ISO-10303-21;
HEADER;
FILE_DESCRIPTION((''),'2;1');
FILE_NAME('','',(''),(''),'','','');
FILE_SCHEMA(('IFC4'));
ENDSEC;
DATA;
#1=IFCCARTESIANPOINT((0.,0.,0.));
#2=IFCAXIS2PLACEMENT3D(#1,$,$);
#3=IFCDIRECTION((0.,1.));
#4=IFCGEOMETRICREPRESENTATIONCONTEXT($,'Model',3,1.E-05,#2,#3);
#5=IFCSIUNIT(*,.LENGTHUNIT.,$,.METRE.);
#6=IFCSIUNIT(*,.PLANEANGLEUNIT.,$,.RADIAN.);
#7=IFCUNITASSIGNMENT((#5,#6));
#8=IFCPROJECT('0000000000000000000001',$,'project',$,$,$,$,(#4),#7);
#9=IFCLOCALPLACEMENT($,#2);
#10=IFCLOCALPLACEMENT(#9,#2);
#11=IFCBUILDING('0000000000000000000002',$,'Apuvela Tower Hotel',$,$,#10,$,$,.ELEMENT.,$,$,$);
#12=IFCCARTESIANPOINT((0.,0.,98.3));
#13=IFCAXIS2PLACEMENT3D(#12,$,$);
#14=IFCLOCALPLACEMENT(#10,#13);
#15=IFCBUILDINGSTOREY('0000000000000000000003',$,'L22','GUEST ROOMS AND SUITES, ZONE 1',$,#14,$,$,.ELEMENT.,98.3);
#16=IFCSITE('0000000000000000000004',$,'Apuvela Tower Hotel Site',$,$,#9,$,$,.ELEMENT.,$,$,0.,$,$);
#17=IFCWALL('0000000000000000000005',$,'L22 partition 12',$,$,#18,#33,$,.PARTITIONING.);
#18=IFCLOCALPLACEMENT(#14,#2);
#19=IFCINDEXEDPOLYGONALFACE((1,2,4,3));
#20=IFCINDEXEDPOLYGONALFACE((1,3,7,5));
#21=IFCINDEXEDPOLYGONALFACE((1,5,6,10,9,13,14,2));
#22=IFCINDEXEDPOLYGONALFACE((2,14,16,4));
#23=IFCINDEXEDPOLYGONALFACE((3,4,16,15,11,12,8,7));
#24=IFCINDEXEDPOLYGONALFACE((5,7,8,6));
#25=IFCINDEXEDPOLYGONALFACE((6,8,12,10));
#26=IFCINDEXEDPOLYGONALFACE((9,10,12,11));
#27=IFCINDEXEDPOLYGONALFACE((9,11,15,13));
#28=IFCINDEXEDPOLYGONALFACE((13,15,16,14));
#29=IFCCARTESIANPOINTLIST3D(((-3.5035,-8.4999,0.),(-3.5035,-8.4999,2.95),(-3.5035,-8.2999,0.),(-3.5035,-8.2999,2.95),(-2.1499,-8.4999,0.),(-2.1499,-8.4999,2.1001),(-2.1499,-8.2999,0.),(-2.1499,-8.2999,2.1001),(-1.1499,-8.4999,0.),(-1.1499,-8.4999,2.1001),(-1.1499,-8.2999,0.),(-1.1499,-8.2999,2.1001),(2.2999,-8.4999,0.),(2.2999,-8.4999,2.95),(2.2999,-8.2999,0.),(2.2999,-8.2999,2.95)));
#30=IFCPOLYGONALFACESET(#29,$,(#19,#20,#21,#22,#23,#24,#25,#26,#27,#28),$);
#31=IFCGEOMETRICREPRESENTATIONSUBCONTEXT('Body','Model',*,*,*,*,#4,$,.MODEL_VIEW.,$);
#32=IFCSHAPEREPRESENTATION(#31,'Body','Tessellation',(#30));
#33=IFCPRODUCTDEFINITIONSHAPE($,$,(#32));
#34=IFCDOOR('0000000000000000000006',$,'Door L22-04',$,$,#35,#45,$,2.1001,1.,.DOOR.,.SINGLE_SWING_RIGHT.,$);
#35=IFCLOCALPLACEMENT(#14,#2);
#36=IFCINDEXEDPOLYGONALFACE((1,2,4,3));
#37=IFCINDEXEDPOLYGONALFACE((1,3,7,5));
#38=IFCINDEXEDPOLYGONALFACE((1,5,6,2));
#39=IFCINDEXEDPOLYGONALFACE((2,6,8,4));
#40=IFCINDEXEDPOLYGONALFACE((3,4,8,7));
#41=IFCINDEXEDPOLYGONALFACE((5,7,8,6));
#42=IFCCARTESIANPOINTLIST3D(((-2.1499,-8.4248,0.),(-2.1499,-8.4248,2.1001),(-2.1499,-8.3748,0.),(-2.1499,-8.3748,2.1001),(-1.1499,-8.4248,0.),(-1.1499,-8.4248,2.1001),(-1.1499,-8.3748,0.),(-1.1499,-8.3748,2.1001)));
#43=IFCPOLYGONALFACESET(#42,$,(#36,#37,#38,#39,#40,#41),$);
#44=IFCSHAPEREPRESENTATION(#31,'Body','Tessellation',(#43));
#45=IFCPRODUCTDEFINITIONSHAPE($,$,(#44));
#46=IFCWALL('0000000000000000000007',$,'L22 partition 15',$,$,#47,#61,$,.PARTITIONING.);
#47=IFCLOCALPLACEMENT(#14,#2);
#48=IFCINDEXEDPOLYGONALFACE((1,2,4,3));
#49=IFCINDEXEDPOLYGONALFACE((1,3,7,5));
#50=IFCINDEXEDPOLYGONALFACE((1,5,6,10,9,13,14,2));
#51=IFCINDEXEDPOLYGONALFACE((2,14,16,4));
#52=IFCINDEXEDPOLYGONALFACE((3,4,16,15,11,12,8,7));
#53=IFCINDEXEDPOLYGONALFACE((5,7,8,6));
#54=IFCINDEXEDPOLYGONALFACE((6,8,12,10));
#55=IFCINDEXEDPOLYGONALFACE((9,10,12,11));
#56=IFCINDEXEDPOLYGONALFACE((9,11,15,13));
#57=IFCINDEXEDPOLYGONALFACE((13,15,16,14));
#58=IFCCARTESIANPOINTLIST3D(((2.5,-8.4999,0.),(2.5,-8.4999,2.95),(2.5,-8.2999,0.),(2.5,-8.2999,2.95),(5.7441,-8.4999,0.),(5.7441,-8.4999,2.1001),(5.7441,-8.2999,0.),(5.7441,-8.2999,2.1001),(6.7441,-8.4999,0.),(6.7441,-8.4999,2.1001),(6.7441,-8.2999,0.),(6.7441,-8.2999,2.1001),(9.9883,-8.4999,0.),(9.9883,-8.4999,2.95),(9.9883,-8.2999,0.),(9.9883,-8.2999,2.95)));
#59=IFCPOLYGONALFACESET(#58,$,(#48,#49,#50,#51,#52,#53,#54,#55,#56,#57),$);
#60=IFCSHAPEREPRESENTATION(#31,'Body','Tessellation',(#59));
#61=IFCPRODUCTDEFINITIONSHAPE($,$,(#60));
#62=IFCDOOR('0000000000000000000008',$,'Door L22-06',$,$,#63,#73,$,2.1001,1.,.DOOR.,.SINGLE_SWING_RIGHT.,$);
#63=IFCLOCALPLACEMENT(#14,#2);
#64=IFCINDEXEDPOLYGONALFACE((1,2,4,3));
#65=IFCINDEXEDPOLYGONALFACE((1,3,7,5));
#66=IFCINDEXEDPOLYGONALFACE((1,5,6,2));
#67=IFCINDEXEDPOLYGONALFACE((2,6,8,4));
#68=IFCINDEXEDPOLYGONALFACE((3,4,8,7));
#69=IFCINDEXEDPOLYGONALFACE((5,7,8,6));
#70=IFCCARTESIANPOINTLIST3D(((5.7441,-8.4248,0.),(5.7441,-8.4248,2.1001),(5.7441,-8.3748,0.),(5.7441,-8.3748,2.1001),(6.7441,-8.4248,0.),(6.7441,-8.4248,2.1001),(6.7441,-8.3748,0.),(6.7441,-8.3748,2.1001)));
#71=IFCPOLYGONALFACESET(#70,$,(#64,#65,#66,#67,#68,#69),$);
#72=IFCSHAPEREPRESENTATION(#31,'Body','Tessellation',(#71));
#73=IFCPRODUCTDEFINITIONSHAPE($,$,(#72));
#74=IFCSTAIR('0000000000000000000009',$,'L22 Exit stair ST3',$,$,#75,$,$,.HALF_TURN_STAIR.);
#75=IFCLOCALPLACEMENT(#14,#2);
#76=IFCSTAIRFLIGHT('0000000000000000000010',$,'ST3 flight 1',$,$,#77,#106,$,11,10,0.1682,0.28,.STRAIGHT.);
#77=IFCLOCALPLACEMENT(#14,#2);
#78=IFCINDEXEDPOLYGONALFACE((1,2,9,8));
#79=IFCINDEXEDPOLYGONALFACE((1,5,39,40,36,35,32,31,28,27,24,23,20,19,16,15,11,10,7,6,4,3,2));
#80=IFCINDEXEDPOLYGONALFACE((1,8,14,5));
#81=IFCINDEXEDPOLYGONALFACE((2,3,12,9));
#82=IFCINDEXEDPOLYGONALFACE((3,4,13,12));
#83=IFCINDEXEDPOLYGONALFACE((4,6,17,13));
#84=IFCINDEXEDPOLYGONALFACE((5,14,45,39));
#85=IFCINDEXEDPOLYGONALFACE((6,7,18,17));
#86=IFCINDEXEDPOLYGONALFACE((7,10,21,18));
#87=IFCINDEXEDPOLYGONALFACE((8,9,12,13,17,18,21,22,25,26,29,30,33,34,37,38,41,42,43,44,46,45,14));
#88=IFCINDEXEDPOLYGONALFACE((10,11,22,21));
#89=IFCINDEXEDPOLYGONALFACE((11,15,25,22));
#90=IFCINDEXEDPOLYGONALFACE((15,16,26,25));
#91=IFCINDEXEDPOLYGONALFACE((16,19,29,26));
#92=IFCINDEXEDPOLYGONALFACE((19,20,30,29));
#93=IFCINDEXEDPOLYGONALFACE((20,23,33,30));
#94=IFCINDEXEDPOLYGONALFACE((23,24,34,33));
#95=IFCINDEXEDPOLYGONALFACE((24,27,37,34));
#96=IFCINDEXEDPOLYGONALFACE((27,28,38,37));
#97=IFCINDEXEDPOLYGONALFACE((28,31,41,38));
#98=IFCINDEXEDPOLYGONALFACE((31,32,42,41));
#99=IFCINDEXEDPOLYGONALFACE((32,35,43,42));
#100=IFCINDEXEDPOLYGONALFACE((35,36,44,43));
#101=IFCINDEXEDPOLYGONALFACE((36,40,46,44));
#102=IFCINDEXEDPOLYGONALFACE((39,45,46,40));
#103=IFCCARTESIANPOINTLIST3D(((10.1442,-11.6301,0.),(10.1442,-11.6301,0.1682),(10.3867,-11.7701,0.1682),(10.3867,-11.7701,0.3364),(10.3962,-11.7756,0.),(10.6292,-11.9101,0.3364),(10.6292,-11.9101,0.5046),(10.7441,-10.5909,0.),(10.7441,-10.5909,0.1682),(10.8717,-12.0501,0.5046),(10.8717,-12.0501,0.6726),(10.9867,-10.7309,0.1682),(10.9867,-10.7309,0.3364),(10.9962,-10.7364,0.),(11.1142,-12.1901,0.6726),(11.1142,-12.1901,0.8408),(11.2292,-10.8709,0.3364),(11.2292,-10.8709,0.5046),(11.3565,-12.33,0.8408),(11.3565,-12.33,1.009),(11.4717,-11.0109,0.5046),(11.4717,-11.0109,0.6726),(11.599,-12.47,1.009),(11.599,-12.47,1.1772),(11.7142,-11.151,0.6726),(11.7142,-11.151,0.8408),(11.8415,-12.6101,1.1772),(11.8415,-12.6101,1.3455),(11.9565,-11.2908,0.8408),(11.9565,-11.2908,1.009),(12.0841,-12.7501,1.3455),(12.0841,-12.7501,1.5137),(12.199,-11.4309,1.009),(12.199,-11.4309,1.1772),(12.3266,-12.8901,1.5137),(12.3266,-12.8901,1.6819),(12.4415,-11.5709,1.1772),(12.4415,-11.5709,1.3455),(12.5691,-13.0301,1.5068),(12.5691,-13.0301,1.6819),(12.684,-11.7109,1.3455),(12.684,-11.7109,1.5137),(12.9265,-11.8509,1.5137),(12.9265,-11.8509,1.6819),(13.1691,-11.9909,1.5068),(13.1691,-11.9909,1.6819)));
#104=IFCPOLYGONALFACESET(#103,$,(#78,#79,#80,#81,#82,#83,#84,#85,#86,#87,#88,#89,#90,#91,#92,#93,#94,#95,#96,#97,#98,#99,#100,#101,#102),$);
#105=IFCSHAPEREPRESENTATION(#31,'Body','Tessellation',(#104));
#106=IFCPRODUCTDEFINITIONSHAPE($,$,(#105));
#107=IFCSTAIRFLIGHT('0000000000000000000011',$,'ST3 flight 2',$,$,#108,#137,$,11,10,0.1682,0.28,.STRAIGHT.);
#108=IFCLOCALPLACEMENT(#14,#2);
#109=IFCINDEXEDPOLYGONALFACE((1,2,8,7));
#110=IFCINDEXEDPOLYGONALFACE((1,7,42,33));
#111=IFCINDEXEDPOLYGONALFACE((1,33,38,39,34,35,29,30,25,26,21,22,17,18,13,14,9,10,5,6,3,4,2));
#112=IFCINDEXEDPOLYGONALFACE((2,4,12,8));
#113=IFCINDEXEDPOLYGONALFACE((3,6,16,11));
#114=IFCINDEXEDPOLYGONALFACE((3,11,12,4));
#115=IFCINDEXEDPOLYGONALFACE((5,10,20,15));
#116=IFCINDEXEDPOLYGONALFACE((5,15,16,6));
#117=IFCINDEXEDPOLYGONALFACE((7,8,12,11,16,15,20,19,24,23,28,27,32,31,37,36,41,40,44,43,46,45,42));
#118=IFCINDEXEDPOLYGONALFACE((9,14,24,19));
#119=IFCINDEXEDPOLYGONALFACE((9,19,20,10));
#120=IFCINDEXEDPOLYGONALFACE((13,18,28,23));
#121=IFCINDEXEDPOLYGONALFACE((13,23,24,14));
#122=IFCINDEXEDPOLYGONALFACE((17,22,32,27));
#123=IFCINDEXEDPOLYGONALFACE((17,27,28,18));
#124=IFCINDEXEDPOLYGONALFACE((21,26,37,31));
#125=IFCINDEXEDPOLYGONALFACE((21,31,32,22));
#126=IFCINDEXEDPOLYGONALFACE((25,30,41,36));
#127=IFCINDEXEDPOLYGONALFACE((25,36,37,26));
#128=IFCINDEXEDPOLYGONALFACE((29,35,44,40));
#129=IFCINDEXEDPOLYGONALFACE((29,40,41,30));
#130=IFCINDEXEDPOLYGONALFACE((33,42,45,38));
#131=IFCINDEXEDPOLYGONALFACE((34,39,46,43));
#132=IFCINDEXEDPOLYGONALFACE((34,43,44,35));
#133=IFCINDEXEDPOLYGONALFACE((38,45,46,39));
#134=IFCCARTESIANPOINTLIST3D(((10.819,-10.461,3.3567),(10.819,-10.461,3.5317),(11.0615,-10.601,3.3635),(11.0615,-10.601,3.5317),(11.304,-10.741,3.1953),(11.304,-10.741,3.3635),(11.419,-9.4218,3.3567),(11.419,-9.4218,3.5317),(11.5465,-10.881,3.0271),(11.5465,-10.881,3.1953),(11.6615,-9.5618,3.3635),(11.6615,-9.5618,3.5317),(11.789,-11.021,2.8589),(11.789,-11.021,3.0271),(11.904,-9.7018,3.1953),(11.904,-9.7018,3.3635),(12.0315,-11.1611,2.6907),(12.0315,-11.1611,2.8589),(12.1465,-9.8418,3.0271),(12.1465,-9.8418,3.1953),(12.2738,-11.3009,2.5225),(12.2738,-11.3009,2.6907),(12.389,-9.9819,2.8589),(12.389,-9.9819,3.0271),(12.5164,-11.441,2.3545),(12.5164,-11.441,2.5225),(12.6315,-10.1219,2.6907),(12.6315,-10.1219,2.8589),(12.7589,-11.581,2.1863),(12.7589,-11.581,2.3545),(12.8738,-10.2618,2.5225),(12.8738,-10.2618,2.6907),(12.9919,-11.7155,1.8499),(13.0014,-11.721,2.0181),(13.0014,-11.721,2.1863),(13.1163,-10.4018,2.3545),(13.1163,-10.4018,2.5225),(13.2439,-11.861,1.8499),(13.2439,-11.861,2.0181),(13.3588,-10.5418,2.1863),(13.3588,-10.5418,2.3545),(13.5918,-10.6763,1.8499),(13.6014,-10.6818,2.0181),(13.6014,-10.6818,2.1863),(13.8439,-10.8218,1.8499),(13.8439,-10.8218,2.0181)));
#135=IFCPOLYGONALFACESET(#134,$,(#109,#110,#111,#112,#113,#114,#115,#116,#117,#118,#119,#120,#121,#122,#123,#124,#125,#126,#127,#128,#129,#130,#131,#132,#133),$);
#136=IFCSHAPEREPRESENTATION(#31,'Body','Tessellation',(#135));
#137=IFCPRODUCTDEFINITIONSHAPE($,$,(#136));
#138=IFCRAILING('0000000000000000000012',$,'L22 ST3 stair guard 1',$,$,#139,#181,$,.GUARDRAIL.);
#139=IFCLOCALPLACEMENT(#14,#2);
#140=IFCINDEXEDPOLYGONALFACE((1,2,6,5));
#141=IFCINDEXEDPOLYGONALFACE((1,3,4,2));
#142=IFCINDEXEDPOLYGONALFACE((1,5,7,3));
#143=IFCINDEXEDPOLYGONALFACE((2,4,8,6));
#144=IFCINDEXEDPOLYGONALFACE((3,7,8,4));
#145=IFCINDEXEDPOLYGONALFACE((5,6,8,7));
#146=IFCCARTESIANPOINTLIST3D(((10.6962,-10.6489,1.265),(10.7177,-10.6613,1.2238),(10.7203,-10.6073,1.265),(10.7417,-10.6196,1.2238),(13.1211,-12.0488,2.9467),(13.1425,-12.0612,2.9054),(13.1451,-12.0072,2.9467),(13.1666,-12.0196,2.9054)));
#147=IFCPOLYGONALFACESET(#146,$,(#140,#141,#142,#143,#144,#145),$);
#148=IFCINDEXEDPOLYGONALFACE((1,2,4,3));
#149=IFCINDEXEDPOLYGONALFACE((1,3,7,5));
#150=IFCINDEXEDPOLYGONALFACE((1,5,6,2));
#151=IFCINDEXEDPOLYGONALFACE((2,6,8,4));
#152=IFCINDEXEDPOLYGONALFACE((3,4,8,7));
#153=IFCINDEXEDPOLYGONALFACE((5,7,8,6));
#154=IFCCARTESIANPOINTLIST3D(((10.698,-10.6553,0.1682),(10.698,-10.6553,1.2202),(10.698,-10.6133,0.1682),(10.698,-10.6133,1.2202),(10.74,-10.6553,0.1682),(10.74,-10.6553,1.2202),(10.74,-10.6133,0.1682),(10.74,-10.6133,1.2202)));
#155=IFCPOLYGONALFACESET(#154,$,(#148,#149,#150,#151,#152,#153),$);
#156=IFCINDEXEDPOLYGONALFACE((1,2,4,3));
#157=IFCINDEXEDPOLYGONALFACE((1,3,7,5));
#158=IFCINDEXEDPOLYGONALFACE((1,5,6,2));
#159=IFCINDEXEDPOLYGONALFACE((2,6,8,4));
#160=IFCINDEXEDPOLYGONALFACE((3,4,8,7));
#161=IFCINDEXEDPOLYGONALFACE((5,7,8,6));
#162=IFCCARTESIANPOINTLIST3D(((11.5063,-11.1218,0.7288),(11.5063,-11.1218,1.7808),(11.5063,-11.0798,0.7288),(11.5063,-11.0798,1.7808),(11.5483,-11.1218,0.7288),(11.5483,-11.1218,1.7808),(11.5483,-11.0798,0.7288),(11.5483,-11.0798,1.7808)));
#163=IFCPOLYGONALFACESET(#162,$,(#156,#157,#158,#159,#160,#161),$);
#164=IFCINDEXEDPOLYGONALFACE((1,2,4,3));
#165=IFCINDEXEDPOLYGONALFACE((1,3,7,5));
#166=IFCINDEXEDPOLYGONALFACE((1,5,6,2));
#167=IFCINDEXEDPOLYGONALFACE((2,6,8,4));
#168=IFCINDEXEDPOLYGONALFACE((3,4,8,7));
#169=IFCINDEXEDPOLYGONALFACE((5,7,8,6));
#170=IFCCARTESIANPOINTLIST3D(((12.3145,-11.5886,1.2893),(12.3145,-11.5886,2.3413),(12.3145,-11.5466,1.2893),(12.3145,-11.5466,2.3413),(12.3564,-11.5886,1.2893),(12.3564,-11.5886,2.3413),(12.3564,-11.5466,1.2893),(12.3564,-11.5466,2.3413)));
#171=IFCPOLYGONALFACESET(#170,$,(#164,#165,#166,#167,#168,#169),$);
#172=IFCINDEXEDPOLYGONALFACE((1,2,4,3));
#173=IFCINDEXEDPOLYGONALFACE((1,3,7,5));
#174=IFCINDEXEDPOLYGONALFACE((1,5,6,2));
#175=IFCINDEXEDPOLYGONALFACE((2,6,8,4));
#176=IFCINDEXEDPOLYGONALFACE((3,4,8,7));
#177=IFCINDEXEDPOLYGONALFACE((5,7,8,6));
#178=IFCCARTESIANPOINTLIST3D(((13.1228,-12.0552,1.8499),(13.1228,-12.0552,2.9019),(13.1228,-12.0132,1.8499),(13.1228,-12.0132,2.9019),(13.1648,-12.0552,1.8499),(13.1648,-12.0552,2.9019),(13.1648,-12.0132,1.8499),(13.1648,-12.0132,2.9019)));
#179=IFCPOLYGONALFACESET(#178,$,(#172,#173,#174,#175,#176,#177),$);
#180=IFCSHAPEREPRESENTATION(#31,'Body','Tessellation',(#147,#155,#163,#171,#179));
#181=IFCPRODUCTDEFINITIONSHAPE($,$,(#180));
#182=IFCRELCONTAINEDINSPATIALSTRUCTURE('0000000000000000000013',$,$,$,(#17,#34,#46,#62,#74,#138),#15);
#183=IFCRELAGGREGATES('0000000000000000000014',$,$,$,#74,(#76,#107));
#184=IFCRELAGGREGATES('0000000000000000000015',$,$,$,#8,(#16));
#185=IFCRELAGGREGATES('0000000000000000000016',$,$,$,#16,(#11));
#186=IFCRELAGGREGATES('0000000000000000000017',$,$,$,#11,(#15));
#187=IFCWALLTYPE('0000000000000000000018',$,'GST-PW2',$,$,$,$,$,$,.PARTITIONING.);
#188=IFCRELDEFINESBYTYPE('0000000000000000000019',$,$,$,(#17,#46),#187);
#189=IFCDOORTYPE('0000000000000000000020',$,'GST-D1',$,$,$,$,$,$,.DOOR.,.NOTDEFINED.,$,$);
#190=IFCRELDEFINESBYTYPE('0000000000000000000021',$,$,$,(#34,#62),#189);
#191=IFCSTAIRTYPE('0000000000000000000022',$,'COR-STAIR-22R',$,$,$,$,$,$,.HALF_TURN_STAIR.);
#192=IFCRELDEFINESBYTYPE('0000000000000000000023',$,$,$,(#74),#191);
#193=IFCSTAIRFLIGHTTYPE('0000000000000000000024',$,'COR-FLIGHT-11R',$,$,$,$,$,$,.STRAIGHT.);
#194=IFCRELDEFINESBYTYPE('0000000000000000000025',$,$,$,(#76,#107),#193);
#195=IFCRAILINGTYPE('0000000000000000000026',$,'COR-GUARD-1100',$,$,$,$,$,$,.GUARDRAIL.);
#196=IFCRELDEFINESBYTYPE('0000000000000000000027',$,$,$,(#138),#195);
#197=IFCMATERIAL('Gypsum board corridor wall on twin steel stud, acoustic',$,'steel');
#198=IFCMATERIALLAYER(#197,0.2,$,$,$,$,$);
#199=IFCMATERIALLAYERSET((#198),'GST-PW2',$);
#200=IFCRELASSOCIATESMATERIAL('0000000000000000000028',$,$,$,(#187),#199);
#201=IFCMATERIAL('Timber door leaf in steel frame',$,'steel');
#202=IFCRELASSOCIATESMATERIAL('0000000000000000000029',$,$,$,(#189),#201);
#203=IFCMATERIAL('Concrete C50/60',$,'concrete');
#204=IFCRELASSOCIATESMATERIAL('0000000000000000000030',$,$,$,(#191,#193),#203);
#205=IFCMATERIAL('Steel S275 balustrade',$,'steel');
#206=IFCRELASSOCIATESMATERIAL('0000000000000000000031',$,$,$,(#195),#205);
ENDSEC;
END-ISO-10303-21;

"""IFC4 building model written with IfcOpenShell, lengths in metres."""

from ifc_helpers import new_model, si_unit, direction, frame, frame_2d, origin, origin_2d, place, context, subcontext, project, spatial, polyline, rectangle, outline, extrude, material, layer, layer_set, type_object, element, fill, aggregate, save


model = new_model("IFC4")

# Units and contexts
model_context = context("Model", 3, precision=1e-05, world=origin(), true_north=direction((0.0, 1.0)))
body_context = subcontext(model_context, "Body", "Model", "MODEL_VIEW")
ifc_project = project(units=[si_unit("LENGTHUNIT", "METRE"), si_unit("PLANEANGLEUNIT", "RADIAN")], contexts=[model_context])

# Site, building, storey
site_placement = place(None, origin())
site = spatial("IfcSite", under=ifc_project, at=site_placement, Name="Apuvela Tower Hotel Site", CompositionType="ELEMENT", RefElevation=0.0)
building_placement = place(site_placement, origin())
building = spatial("IfcBuilding", under=site, at=building_placement, Name="Apuvela Tower Hotel", CompositionType="ELEMENT")
storey_placement = place(building_placement, frame((0.0, 0.0, 98.3)))
storey = spatial("IfcBuildingStorey", under=building, at=storey_placement, Name="L22", Description="GUEST ROOMS AND SUITES, ZONE 1", CompositionType="ELEMENT", Elevation=98.3)

# Shared definitions
ifc_material_1 = material(Name="Concrete C50/60", Category="concrete")

# Walls, openings, doors
ifc_material_2 = material(Name="Gypsum board corridor wall on twin steel stud, acoustic", Category="steel")
ifc_layer_1 = layer(ifc_material_2, 0.2)
ifc_layer_set_1 = layer_set([ifc_layer_1], Name="GST-PW2")
wall_type_1 = type_object("IfcWallType", Name="GST-PW2", PredefinedType="PARTITIONING", material=ifc_layer_set_1)
wall_1_placement = place(storey_placement, frame((2.3, -8.3999, 0.0), z_axis=(0.0, 0.0, 1.0), x_axis=(-1.0, 0.0, 0.0)))
wall_1 = element("IfcWall", 1, at=wall_1_placement, inside=storey, type_object=wall_type_1, Name="L22 partition 12", PredefinedType="PARTITIONING", context=body_context, shape_type="SweptSolid", body=[
    extrude(rectangle(XDim=5.8035, YDim=0.2, at=frame_2d((2.9019, 0.0))), origin(), (0.0, 0.0, 1.0), 2.95),
])
opening_1_placement = place(wall_1_placement, frame((3.45, 0.0, 0.0)))
opening_1 = element("IfcOpeningElement", 2, at=opening_1_placement, cuts=wall_1, PredefinedType="OPENING", context=body_context, shape_type="SweptSolid", body=[
    extrude(rectangle(XDim=1.0, YDim=2.1001, at=frame_2d((0.5, 1.05))), frame((0.0, 0.1099, 0.0), z_axis=(0.0, -1.0, 0.0), x_axis=(1.0, 0.0, 0.0)), (0.0, 0.0, 1.0), 0.22),
])
ifc_material_3 = material(Name="Timber door leaf in steel frame", Category="steel")
door_type_1 = type_object("IfcDoorType", Name="GST-D1", OperationType="NOTDEFINED", PredefinedType="DOOR", material=ifc_material_3)
door_1_placement = place(opening_1_placement, origin())
door_1 = element("IfcDoor", 3, at=door_1_placement, inside=storey, type_object=door_type_1, Name="Door L22-04", OperationType="SINGLE_SWING_RIGHT", OverallHeight=2.1001, OverallWidth=1.0, PredefinedType="DOOR", context=body_context, shape_type="SweptSolid", body=[
    extrude(rectangle(XDim=1.0, YDim=2.1001, at=frame_2d((0.5, 1.05))), frame((0.0, 0.0249, 0.0), z_axis=(0.0, -1.0, 0.0), x_axis=(1.0, 0.0, 0.0)), (0.0, 0.0, 1.0), 0.05),
])
fill(opening_1, door_1)
wall_2_placement = place(storey_placement, frame((9.9883, -8.3999, 0.0), z_axis=(0.0, 0.0, 1.0), x_axis=(-1.0, 0.0, 0.0)))
wall_2 = element("IfcWall", 4, at=wall_2_placement, inside=storey, type_object=wall_type_1, Name="L22 partition 15", PredefinedType="PARTITIONING", context=body_context, shape_type="SweptSolid", body=[
    extrude(rectangle(XDim=7.4883, YDim=0.2, at=frame_2d((3.7441, 0.0))), origin(), (0.0, 0.0, 1.0), 2.95),
])
opening_2_placement = place(wall_2_placement, frame((3.2441, 0.0, 0.0)))
opening_2 = element("IfcOpeningElement", 5, at=opening_2_placement, cuts=wall_2, PredefinedType="OPENING", context=body_context, shape_type="SweptSolid", body=[
    extrude(rectangle(XDim=1.0, YDim=2.1001, at=frame_2d((0.5, 1.05))), frame((0.0, 0.1099, 0.0), z_axis=(0.0, -1.0, 0.0), x_axis=(1.0, 0.0, 0.0)), (0.0, 0.0, 1.0), 0.22),
])
door_2_placement = place(opening_2_placement, origin())
door_2 = element("IfcDoor", 6, at=door_2_placement, inside=storey, type_object=door_type_1, Name="Door L22-06", OperationType="SINGLE_SWING_RIGHT", OverallHeight=2.1001, OverallWidth=1.0, PredefinedType="DOOR", context=body_context, shape_type="SweptSolid", body=[
    extrude(rectangle(XDim=1.0, YDim=2.1001, at=frame_2d((0.5, 1.05))), frame((0.0, 0.0249, 0.0), z_axis=(0.0, -1.0, 0.0), x_axis=(1.0, 0.0, 0.0)), (0.0, 0.0, 1.0), 0.05),
])
fill(opening_2, door_2)

# Stair, stair flights
stair_type = type_object("IfcStairType", Name="COR-STAIR-22R", PredefinedType="HALF_TURN_STAIR", material=ifc_material_1)
stair_placement = place(storey_placement, origin())
stair = element("IfcStair", 7, at=stair_placement, inside=storey, type_object=stair_type, Name="L22 Exit stair ST3", PredefinedType="HALF_TURN_STAIR")
stair_flight_type = type_object("IfcStairFlightType", Name="COR-FLIGHT-11R", PredefinedType="STRAIGHT", material=ifc_material_1)
stair_flight_1_placement = place(storey_placement, frame((10.4441, -11.1106, 0.0), z_axis=(0.0, 0.0, 1.0), x_axis=(0.866025, -0.5, 0.0)))
stair_flight_1 = element("IfcStairFlight", 8, at=stair_flight_1_placement, type_object=stair_flight_type, Name="ST3 flight 1", NumberOfRisers=11, NumberOfTreads=10, PredefinedType="STRAIGHT", RiserHeight=0.1682, TreadLength=0.28, context=body_context, shape_type="SweptSolid", body=[
    extrude(outline(polyline([(0.0, 0.0), (0.0, 0.1682), (0.28, 0.1682), (0.28, 0.3364), (0.5601, 0.3364), (0.5601, 0.5046), (0.8401, 0.5046), (0.8401, 0.6726), (1.1201, 0.6726), (1.1201, 0.8408), (1.3999, 0.8408), (1.3999, 1.009), (1.6799, 1.009), (1.6799, 1.1772), (1.96, 1.1772), (1.96, 1.3455), (2.24, 1.3455), (2.24, 1.5137), (2.52, 1.5137), (2.52, 1.6819), (2.8, 1.6819), (2.8, 1.8501), (2.8, 1.5068), (0.291, 0.0), (0.0, 0.0)])), frame((0.0, 0.6001, 0.0), z_axis=(0.0, -1.0, 0.0), x_axis=(1.0, 0.0, 0.0)), (0.0, 0.0, 1.0), 1.2),
])
stair_flight_2_placement = place(storey_placement, frame((13.5439, -11.3413, 1.8499), z_axis=(0.0, 0.0, 1.0), x_axis=(-0.866025, 0.5, 0.0)))
stair_flight_2 = element("IfcStairFlight", 9, at=stair_flight_2_placement, type_object=stair_flight_type, Name="ST3 flight 2", NumberOfRisers=11, NumberOfTreads=10, PredefinedType="STRAIGHT", RiserHeight=0.1682, TreadLength=0.28, context=body_context, shape_type="SweptSolid", body=[
    extrude(outline(polyline([(0.0, 0.0), (0.0, 0.1682), (0.28, 0.1682), (0.28, 0.3364), (0.5601, 0.3364), (0.5601, 0.5046), (0.8401, 0.5046), (0.8401, 0.6726), (1.1201, 0.6726), (1.1201, 0.8408), (1.3999, 0.8408), (1.3999, 1.009), (1.6799, 1.009), (1.6799, 1.1772), (1.96, 1.1772), (1.96, 1.3455), (2.24, 1.3455), (2.24, 1.5137), (2.52, 1.5137), (2.52, 1.6819), (2.8, 1.6819), (2.8, 1.8501), (2.8, 1.5068), (0.291, 0.0), (0.0, 0.0)])), frame((0.0, 0.6001, 0.0), z_axis=(0.0, -1.0, 0.0), x_axis=(1.0, 0.0, 0.0)), (0.0, 0.0, 1.0), 1.2),
])
aggregate(stair, [stair_flight_1, stair_flight_2])

# Railing
ifc_material_4 = material(Name="Steel S275 balustrade", Category="steel")
railing_type_1 = type_object("IfcRailingType", Name="COR-GUARD-1100", PredefinedType="GUARDRAIL", material=ifc_material_4)
railing_1_placement = place(storey_placement, frame((10.719, -10.6343, 0.1682)))
element("IfcRailing", 10, at=railing_1_placement, inside=storey, type_object=railing_type_1, Name="L22 ST3 stair guard 1", PredefinedType="GUARDRAIL", context=body_context, shape_type="SweptSolid", body=[
    extrude(rectangle(XDim=0.0481, YDim=0.0481, at=origin_2d()), frame((0.0, 0.0, 1.0762), z_axis=(0.742419, -0.428618, 0.514879), x_axis=(0.499984, 0.866035, 0.0)), (0.0, 0.0, 1.0), 3.2661),
    extrude(rectangle(XDim=0.042, YDim=0.042, at=origin_2d()), origin(), (0.0, 0.0, 1.0), 1.052),
    extrude(rectangle(XDim=0.042, YDim=0.042, at=origin_2d()), frame((0.8083, -0.4666, 0.5605)), (0.0, 0.0, 1.0), 1.052),
    extrude(rectangle(XDim=0.042, YDim=0.042, at=origin_2d()), frame((1.6165, -0.9333, 1.1211)), (0.0, 0.0, 1.0), 1.052),
    extrude(rectangle(XDim=0.042, YDim=0.042, at=origin_2d()), frame((2.4248, -1.3999, 1.6816)), (0.0, 0.0, 1.0), 1.052),
])

save(model, "model.ifc")
